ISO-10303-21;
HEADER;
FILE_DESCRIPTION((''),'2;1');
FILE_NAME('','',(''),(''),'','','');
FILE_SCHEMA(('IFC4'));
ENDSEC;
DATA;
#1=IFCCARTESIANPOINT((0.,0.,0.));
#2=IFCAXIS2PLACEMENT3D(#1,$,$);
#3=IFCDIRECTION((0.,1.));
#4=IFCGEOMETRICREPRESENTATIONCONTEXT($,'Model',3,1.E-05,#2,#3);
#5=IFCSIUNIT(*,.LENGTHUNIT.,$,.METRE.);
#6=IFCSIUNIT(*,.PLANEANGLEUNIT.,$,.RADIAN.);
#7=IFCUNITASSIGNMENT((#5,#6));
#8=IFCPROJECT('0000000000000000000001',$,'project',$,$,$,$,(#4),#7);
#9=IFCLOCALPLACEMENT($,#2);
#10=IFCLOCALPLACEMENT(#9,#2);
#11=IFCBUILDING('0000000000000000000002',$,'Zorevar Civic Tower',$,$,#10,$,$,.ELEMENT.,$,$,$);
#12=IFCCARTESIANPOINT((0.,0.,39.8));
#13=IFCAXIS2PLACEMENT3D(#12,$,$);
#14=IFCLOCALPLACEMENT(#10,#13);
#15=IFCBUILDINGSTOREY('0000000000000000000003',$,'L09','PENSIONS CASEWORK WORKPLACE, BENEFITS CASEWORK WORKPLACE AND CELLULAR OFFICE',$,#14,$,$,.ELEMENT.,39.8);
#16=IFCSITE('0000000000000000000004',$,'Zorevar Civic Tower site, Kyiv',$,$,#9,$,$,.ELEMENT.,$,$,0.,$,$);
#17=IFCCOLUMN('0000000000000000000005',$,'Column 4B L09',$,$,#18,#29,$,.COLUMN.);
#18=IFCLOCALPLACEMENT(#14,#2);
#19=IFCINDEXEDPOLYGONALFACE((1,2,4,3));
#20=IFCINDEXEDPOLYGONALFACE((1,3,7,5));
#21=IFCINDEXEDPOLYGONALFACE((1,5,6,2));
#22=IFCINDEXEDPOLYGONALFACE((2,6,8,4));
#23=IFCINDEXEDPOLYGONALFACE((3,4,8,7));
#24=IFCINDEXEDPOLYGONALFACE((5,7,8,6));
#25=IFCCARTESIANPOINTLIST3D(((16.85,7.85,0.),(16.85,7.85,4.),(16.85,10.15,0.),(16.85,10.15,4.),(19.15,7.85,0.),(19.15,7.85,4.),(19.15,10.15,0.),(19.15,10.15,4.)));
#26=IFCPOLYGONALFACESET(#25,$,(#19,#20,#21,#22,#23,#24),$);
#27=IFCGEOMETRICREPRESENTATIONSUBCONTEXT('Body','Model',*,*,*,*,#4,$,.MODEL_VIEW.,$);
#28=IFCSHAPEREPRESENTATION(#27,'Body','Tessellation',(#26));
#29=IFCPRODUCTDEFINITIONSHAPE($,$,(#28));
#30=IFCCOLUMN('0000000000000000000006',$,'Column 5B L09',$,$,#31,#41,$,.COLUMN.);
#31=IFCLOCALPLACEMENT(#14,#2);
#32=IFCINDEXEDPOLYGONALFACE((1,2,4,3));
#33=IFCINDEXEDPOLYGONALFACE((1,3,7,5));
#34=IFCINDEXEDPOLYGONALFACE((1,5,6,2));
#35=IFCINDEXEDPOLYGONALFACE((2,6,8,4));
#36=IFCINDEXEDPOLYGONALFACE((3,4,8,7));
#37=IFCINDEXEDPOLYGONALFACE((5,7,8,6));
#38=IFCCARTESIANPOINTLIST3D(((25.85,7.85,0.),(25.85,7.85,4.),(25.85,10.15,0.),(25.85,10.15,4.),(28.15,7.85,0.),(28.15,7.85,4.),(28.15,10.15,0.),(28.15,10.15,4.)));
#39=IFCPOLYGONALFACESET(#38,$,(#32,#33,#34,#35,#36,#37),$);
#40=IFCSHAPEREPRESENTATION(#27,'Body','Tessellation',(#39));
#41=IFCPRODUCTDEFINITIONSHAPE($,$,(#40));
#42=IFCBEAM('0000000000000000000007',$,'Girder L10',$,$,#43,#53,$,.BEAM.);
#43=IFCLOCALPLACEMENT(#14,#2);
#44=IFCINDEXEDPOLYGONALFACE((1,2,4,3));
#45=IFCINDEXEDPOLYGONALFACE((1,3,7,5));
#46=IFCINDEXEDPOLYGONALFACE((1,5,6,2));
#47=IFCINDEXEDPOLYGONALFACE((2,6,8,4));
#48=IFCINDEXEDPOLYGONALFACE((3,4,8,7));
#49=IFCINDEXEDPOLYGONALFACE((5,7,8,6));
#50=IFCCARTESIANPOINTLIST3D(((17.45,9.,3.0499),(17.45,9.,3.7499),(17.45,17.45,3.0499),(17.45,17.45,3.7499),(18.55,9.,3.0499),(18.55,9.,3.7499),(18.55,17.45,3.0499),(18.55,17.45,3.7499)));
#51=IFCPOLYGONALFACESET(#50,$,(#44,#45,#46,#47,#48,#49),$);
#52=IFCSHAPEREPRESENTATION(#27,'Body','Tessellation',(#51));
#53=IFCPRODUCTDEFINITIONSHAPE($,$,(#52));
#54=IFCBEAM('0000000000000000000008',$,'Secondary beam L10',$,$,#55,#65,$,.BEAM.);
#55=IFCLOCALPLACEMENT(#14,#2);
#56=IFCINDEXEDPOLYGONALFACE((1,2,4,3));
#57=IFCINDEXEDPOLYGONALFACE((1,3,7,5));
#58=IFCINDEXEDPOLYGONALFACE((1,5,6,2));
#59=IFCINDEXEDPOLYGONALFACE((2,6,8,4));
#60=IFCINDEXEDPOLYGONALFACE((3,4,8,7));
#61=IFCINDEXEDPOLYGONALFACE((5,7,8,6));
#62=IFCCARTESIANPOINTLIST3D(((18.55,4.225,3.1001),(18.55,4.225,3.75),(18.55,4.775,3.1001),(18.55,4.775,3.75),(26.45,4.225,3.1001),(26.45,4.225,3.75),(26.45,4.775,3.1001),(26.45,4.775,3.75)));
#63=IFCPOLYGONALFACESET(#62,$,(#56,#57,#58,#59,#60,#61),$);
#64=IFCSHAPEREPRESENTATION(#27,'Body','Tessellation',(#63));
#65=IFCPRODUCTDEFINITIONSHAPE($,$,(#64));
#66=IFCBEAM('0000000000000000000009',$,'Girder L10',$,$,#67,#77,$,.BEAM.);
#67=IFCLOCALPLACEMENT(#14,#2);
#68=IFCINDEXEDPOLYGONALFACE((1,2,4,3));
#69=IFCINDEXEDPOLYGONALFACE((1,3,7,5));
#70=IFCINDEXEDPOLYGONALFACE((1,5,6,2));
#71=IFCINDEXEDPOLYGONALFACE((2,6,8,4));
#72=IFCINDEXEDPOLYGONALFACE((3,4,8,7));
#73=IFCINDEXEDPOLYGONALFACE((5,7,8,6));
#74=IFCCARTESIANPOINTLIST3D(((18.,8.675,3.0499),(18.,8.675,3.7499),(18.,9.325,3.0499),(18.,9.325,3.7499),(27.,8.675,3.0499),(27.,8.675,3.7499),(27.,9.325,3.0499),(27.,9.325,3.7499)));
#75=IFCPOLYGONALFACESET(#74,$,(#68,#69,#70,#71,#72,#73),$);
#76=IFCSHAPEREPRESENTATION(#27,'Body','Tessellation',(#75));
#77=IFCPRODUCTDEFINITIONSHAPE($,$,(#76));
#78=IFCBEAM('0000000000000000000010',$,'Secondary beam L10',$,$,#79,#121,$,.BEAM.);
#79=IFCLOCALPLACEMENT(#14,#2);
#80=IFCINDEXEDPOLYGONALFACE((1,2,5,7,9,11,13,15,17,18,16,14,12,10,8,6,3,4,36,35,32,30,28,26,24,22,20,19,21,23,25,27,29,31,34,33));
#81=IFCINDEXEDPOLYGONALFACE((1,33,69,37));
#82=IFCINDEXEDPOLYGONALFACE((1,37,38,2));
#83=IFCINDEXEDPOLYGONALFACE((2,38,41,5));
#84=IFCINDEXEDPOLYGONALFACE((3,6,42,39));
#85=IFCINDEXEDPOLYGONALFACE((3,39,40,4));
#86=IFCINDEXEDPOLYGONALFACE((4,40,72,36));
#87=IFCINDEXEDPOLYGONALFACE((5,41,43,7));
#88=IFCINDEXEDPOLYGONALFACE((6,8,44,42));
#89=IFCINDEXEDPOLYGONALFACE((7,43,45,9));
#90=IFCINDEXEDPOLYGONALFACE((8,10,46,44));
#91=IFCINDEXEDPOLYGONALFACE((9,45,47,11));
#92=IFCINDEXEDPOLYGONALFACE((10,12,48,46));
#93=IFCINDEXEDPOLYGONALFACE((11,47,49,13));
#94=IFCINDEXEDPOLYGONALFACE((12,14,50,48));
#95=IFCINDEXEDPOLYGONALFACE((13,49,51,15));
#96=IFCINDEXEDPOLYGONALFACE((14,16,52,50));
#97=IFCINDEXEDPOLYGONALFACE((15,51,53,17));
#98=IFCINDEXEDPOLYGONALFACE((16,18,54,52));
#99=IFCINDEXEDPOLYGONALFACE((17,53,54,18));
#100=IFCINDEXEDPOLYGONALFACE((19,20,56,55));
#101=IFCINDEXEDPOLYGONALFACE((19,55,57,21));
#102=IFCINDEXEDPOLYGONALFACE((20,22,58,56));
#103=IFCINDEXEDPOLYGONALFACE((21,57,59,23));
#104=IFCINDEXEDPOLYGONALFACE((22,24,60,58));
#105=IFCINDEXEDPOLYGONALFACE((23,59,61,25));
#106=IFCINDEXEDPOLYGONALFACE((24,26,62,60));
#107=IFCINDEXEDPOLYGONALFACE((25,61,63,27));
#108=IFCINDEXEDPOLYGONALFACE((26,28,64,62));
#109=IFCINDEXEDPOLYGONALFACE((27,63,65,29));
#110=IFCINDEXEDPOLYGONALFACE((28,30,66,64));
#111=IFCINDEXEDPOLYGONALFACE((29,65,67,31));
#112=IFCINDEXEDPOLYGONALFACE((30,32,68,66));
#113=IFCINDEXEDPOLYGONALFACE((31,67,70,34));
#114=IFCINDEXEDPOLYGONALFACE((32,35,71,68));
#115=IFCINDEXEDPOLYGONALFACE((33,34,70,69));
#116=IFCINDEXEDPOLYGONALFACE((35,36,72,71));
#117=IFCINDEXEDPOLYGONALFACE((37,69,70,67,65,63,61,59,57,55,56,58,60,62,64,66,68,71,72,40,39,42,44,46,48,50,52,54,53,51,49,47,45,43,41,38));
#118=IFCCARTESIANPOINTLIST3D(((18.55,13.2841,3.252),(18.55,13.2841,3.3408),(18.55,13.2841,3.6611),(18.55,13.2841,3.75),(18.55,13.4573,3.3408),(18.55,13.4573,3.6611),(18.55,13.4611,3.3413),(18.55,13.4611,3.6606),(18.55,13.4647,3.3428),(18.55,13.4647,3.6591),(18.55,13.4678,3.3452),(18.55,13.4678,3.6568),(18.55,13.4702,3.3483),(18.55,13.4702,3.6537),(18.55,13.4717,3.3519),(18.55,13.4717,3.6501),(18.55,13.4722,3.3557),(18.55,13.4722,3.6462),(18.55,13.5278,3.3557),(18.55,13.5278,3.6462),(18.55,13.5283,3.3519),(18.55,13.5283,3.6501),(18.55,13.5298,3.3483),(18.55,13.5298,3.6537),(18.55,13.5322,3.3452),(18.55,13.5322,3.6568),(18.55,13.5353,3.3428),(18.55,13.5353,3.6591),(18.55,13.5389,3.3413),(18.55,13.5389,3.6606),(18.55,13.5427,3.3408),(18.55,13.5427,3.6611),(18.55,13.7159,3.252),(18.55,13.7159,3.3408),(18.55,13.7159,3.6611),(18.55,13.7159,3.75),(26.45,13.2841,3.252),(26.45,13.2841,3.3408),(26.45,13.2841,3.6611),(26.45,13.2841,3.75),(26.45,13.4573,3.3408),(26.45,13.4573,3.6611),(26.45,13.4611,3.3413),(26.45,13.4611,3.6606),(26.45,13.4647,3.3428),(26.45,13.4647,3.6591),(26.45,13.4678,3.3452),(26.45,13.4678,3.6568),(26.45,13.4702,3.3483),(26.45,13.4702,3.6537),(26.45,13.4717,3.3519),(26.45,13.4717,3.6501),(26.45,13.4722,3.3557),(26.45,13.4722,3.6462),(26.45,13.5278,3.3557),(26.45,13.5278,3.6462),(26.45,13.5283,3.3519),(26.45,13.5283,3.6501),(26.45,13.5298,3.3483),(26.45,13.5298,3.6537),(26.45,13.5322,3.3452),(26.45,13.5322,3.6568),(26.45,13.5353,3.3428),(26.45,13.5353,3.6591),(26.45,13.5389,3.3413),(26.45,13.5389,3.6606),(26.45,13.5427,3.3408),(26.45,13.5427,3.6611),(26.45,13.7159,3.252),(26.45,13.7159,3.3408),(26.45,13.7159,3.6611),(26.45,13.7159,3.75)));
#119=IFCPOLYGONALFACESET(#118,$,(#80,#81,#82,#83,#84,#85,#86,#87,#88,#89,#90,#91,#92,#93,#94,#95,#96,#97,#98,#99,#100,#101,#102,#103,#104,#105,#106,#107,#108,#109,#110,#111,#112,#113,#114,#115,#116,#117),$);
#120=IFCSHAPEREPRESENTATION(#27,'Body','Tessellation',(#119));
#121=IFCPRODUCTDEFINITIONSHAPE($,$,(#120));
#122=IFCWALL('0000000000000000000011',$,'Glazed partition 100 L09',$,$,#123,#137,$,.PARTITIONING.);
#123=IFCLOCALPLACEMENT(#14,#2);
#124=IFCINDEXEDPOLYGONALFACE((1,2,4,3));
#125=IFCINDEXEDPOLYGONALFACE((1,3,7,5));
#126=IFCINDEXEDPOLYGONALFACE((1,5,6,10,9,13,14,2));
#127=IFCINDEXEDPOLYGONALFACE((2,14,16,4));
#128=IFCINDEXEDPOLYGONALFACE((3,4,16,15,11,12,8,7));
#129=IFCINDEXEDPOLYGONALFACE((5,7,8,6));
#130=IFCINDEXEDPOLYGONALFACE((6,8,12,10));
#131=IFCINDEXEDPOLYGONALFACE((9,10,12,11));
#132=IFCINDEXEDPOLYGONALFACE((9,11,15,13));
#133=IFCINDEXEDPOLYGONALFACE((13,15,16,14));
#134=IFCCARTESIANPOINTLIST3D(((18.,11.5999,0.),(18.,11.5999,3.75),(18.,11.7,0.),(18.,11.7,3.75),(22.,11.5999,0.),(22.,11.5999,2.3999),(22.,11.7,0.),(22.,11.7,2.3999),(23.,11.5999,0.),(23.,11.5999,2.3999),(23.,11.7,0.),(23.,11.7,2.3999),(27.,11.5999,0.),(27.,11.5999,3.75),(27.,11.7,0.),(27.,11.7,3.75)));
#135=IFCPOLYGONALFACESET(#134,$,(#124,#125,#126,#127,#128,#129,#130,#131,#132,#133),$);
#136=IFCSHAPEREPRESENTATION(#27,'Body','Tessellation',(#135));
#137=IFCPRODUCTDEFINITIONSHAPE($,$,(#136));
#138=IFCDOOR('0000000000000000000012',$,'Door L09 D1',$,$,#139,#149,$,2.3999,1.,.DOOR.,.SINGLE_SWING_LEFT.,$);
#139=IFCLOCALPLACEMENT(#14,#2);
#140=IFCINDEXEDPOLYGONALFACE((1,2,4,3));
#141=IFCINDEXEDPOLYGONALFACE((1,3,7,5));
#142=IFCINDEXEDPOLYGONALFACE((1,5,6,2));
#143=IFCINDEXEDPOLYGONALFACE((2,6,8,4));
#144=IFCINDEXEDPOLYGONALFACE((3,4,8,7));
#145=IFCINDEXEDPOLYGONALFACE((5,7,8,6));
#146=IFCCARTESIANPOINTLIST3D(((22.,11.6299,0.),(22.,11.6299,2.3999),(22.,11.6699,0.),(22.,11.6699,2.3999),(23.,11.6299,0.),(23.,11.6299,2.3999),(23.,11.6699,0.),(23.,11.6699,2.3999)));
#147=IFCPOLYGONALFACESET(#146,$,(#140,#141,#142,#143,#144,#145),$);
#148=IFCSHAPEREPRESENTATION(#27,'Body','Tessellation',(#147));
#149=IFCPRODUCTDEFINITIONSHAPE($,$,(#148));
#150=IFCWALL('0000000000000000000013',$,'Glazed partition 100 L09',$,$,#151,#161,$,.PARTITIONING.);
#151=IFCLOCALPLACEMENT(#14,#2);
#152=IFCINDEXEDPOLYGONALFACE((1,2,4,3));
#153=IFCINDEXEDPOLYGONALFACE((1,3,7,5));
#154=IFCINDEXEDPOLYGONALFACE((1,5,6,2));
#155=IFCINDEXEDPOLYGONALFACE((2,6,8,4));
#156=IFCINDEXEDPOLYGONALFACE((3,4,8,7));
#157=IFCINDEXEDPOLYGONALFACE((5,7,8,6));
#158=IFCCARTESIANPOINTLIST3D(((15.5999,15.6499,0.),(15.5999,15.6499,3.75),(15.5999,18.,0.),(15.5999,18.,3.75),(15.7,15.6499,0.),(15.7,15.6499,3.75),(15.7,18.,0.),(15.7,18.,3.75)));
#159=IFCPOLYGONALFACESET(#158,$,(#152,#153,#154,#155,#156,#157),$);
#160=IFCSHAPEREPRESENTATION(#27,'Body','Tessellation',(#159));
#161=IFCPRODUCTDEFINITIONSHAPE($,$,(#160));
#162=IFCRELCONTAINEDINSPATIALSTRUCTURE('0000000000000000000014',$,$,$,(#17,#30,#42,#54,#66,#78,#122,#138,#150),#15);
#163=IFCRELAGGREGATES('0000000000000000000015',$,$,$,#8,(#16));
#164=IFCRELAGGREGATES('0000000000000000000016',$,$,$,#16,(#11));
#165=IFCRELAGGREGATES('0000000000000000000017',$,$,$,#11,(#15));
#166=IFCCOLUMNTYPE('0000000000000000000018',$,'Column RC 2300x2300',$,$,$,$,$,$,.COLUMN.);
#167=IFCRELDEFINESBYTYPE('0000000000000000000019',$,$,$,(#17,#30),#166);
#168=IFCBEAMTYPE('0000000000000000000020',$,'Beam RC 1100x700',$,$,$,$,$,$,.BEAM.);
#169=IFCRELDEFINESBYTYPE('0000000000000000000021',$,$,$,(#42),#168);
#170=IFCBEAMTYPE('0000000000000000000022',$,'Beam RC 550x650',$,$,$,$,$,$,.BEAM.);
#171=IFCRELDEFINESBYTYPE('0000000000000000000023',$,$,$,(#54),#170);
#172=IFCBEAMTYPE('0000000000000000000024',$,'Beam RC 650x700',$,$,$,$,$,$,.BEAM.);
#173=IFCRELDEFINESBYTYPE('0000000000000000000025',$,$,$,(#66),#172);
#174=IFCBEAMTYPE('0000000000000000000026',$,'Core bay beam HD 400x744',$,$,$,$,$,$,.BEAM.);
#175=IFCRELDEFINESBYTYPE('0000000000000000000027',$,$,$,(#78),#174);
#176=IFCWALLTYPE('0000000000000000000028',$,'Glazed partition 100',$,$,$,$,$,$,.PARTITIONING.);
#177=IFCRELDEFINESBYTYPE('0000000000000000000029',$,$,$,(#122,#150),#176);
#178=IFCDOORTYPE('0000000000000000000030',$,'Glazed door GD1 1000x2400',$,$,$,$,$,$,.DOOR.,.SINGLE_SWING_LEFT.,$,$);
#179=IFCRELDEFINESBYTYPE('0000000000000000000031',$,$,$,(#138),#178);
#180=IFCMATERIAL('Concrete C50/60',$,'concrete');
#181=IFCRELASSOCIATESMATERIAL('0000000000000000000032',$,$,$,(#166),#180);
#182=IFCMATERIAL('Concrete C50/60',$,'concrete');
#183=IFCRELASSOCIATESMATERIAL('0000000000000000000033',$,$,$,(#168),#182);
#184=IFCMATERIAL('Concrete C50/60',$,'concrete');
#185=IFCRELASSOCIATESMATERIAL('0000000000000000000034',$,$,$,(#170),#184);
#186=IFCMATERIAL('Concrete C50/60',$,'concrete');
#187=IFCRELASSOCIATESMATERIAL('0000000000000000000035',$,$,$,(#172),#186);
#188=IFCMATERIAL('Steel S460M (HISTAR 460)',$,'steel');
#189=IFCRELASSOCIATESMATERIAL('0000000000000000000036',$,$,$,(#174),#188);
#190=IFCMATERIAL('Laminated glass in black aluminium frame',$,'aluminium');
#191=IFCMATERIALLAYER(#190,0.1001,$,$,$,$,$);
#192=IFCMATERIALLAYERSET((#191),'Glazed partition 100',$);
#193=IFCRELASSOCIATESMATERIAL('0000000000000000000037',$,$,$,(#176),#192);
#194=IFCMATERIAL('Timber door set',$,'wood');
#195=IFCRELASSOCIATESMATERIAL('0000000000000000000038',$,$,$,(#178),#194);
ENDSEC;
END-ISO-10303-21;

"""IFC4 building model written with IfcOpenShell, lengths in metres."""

from ifc_helpers import new_model, si_unit, direction, frame, frame_2d, origin, origin_2d, place, context, subcontext, project, spatial, rectangle, i_section, extrude, material, layer, layer_set, material_profile, profile_set, type_object, element, fill, save


model = new_model("IFC4")

# Units and contexts
model_context = context("Model", 3, precision=1e-05, world=origin(), true_north=direction((0.0, 1.0)))
body_context = subcontext(model_context, "Body", "Model", "MODEL_VIEW")
ifc_project = project(units=[si_unit("LENGTHUNIT", "METRE"), si_unit("PLANEANGLEUNIT", "RADIAN")], contexts=[model_context])

# Site, building, storey
site_placement = place(None, origin())
site = spatial("IfcSite", under=ifc_project, at=site_placement, Name="Zorevar Civic Tower site, Kyiv", CompositionType="ELEMENT", RefElevation=0.0)
building_placement = place(site_placement, origin())
building = spatial("IfcBuilding", under=site, at=building_placement, Name="Zorevar Civic Tower", CompositionType="ELEMENT")
storey_placement = place(building_placement, frame((0.0, 0.0, 39.8)))
storey = spatial("IfcBuildingStorey", under=building, at=storey_placement, Name="L09", Description="PENSIONS CASEWORK WORKPLACE, BENEFITS CASEWORK WORKPLACE AND CELLULAR OFFICE", CompositionType="ELEMENT", Elevation=39.8)

# Columns
ifc_material_1 = material(Name="Concrete C50/60", Category="concrete")
ifc_material_profile_1 = material_profile(ifc_material_1, rectangle(XDim=2.3, YDim=2.3, at=origin_2d()), Name="RC 2300x2300")
ifc_profile_set_1 = profile_set([ifc_material_profile_1], Name="Concrete C50/60")
column_type = type_object("IfcColumnType", Name="Column RC 2300x2300", PredefinedType="COLUMN", material=ifc_profile_set_1)
for number, where, z_axis, x_axis, name in (
    (1, (18.0, 9.0, 0.0), (0.0, 0.0, 1.0), (1.0, 0.0, 0.0), "Column 4B L09"),
    (2, (27.0, 9.0, 0.0), (0.0, 0.0, 1.0), (1.0, 0.0, 0.0), "Column 5B L09"),
):
    element("IfcColumn", number, at=place(storey_placement, frame(where, z_axis=z_axis, x_axis=x_axis)), inside=storey, type_object=column_type, Name=name, PredefinedType="COLUMN", context=body_context, shape_type="SweptSolid", body=[
        extrude(rectangle(XDim=2.3, YDim=2.3, at=origin_2d()), origin(), (0.0, 0.0, 1.0), 4.0),
    ])

# Beams
ifc_material_2 = material(Name="Concrete C50/60", Category="concrete")
ifc_material_profile_2 = material_profile(ifc_material_2, rectangle(XDim=1.1001, YDim=0.7, at=origin_2d()), Name="RC 1100x700")
ifc_profile_set_2 = profile_set([ifc_material_profile_2], Name="Concrete C50/60")
beam_type_1 = type_object("IfcBeamType", Name="Beam RC 1100x700", PredefinedType="BEAM", material=ifc_profile_set_2)
beam_1_placement = place(storey_placement, frame((18.0, 9.0, 3.3999), z_axis=(0.0, 1.0, 0.0), x_axis=(-1.0, 0.0, 0.0)))
element("IfcBeam", 3, at=beam_1_placement, inside=storey, type_object=beam_type_1, Name="Girder L10", PredefinedType="BEAM", context=body_context, shape_type="SweptSolid", body=[
    extrude(rectangle(XDim=1.1001, YDim=0.7, at=origin_2d()), origin(), (0.0, 0.0, 1.0), 8.45),
])
ifc_material_3 = material(Name="Concrete C50/60", Category="concrete")
ifc_material_profile_3 = material_profile(ifc_material_3, rectangle(XDim=0.55, YDim=0.6499, at=origin_2d()), Name="RC 550x650")
ifc_profile_set_3 = profile_set([ifc_material_profile_3], Name="Concrete C50/60")
beam_type_2 = type_object("IfcBeamType", Name="Beam RC 550x650", PredefinedType="BEAM", material=ifc_profile_set_3)
beam_2_placement = place(storey_placement, frame((18.55, 4.5, 3.425), z_axis=(1.0, 0.0, 0.0), x_axis=(0.0, 1.0, 0.0)))
element("IfcBeam", 4, at=beam_2_placement, inside=storey, type_object=beam_type_2, Name="Secondary beam L10", PredefinedType="BEAM", context=body_context, shape_type="SweptSolid", body=[
    extrude(rectangle(XDim=0.55, YDim=0.6499, at=origin_2d()), origin(), (0.0, 0.0, 1.0), 7.8999),
])
ifc_material_4 = material(Name="Concrete C50/60", Category="concrete")
ifc_material_profile_4 = material_profile(ifc_material_4, rectangle(XDim=0.6499, YDim=0.7, at=origin_2d()), Name="RC 650x700")
ifc_profile_set_4 = profile_set([ifc_material_profile_4], Name="Concrete C50/60")
beam_type_3 = type_object("IfcBeamType", Name="Beam RC 650x700", PredefinedType="BEAM", material=ifc_profile_set_4)
beam_3_placement = place(storey_placement, frame((18.0, 9.0, 3.3999), z_axis=(1.0, 0.0, 0.0), x_axis=(0.0, 1.0, 0.0)))
element("IfcBeam", 5, at=beam_3_placement, inside=storey, type_object=beam_type_3, Name="Girder L10", PredefinedType="BEAM", context=body_context, shape_type="SweptSolid", body=[
    extrude(rectangle(XDim=0.6499, YDim=0.7, at=origin_2d()), origin(), (0.0, 0.0, 1.0), 9.0),
])
ifc_material_5 = material(Name="Steel S460M (HISTAR 460)", Category="steel")
ifc_material_profile_5 = material_profile(ifc_material_5, i_section(OverallWidth=0.4319, OverallDepth=0.498, WebThickness=0.0557, FlangeThickness=0.0889, FilletRadius=0.0149, at=origin_2d()), Name="HD 400x744")
ifc_profile_set_5 = profile_set([ifc_material_profile_5], Name="Steel S460M (HISTAR 460)")
beam_type_4 = type_object("IfcBeamType", Name="Core bay beam HD 400x744", PredefinedType="BEAM", material=ifc_profile_set_5)
beam_4_placement = place(storey_placement, frame((18.55, 13.5, 3.501), z_axis=(1.0, 0.0, 0.0), x_axis=(0.0, 1.0, 0.0)))
element("IfcBeam", 6, at=beam_4_placement, inside=storey, type_object=beam_type_4, Name="Secondary beam L10", PredefinedType="BEAM", context=body_context, shape_type="SweptSolid", body=[
    extrude(i_section(OverallWidth=0.4319, OverallDepth=0.498, WebThickness=0.0557, FlangeThickness=0.0889, FilletRadius=0.0149, at=origin_2d()), origin(), (0.0, 0.0, 1.0), 7.8999),
])

# Wall, opening, door
ifc_material_6 = material(Name="Laminated glass in black aluminium frame", Category="aluminium")
ifc_layer_1 = layer(ifc_material_6, 0.1001)
ifc_layer_set_1 = layer_set([ifc_layer_1], Name="Glazed partition 100")
wall_type_1 = type_object("IfcWallType", Name="Glazed partition 100", PredefinedType="PARTITIONING", material=ifc_layer_set_1)
wall_1_placement = place(storey_placement, frame((18.0, 11.6499, 0.0), z_axis=(0.0, 0.0, 1.0), x_axis=(1.0, 0.0, 0.0)))
wall_1 = element("IfcWall", 7, at=wall_1_placement, inside=storey, type_object=wall_type_1, Name="Glazed partition 100 L09", PredefinedType="PARTITIONING", context=body_context, shape_type="SweptSolid", body=[
    extrude(rectangle(XDim=9.0, YDim=0.1001, at=frame_2d((4.5, 0.0))), origin(), (0.0, 0.0, 1.0), 3.75),
])
opening_1_placement = place(wall_1_placement, frame((4.0, 0.0, 0.0)))
opening_1 = element("IfcOpeningElement", 8, at=opening_1_placement, cuts=wall_1, PredefinedType="OPENING", context=body_context, shape_type="SweptSolid", body=[
    extrude(rectangle(XDim=1.0, YDim=2.3999, at=frame_2d((0.5, 1.2))), frame((0.0, 0.0601, 0.0), z_axis=(0.0, -1.0, 0.0), x_axis=(1.0, 0.0, 0.0)), (0.0, 0.0, 1.0), 0.1201),
])
ifc_material_7 = material(Name="Timber door set", Category="wood")
door_type_1 = type_object("IfcDoorType", Name="Glazed door GD1 1000x2400", OperationType="SINGLE_SWING_LEFT", PredefinedType="DOOR", material=ifc_material_7)
door_1_placement = place(opening_1_placement, origin())
door_1 = element("IfcDoor", 9, at=door_1_placement, inside=storey, type_object=door_type_1, Name="Door L09 D1", OperationType="SINGLE_SWING_LEFT", OverallHeight=2.3999, OverallWidth=1.0, PredefinedType="DOOR", context=body_context, shape_type="SweptSolid", body=[
    extrude(rectangle(XDim=1.0, YDim=2.3999, at=frame_2d((0.5, 1.2))), frame((0.0, 0.02, 0.0), z_axis=(0.0, -1.0, 0.0), x_axis=(1.0, 0.0, 0.0)), (0.0, 0.0, 1.0), 0.04),
])
fill(opening_1, door_1)

# Wall
wall_2_placement = place(storey_placement, frame((15.6499, 15.6499, 0.0), z_axis=(0.0, 0.0, 1.0), x_axis=(0.0, 1.0, 0.0)))
element("IfcWall", 10, at=wall_2_placement, inside=storey, type_object=wall_type_1, Name="Glazed partition 100 L09", PredefinedType="PARTITIONING", context=body_context, shape_type="SweptSolid", body=[
    extrude(rectangle(XDim=2.3501, YDim=0.1001, at=frame_2d((1.175, 0.0))), origin(), (0.0, 0.0, 1.0), 3.75),
])

save(model, "model.ifc")
